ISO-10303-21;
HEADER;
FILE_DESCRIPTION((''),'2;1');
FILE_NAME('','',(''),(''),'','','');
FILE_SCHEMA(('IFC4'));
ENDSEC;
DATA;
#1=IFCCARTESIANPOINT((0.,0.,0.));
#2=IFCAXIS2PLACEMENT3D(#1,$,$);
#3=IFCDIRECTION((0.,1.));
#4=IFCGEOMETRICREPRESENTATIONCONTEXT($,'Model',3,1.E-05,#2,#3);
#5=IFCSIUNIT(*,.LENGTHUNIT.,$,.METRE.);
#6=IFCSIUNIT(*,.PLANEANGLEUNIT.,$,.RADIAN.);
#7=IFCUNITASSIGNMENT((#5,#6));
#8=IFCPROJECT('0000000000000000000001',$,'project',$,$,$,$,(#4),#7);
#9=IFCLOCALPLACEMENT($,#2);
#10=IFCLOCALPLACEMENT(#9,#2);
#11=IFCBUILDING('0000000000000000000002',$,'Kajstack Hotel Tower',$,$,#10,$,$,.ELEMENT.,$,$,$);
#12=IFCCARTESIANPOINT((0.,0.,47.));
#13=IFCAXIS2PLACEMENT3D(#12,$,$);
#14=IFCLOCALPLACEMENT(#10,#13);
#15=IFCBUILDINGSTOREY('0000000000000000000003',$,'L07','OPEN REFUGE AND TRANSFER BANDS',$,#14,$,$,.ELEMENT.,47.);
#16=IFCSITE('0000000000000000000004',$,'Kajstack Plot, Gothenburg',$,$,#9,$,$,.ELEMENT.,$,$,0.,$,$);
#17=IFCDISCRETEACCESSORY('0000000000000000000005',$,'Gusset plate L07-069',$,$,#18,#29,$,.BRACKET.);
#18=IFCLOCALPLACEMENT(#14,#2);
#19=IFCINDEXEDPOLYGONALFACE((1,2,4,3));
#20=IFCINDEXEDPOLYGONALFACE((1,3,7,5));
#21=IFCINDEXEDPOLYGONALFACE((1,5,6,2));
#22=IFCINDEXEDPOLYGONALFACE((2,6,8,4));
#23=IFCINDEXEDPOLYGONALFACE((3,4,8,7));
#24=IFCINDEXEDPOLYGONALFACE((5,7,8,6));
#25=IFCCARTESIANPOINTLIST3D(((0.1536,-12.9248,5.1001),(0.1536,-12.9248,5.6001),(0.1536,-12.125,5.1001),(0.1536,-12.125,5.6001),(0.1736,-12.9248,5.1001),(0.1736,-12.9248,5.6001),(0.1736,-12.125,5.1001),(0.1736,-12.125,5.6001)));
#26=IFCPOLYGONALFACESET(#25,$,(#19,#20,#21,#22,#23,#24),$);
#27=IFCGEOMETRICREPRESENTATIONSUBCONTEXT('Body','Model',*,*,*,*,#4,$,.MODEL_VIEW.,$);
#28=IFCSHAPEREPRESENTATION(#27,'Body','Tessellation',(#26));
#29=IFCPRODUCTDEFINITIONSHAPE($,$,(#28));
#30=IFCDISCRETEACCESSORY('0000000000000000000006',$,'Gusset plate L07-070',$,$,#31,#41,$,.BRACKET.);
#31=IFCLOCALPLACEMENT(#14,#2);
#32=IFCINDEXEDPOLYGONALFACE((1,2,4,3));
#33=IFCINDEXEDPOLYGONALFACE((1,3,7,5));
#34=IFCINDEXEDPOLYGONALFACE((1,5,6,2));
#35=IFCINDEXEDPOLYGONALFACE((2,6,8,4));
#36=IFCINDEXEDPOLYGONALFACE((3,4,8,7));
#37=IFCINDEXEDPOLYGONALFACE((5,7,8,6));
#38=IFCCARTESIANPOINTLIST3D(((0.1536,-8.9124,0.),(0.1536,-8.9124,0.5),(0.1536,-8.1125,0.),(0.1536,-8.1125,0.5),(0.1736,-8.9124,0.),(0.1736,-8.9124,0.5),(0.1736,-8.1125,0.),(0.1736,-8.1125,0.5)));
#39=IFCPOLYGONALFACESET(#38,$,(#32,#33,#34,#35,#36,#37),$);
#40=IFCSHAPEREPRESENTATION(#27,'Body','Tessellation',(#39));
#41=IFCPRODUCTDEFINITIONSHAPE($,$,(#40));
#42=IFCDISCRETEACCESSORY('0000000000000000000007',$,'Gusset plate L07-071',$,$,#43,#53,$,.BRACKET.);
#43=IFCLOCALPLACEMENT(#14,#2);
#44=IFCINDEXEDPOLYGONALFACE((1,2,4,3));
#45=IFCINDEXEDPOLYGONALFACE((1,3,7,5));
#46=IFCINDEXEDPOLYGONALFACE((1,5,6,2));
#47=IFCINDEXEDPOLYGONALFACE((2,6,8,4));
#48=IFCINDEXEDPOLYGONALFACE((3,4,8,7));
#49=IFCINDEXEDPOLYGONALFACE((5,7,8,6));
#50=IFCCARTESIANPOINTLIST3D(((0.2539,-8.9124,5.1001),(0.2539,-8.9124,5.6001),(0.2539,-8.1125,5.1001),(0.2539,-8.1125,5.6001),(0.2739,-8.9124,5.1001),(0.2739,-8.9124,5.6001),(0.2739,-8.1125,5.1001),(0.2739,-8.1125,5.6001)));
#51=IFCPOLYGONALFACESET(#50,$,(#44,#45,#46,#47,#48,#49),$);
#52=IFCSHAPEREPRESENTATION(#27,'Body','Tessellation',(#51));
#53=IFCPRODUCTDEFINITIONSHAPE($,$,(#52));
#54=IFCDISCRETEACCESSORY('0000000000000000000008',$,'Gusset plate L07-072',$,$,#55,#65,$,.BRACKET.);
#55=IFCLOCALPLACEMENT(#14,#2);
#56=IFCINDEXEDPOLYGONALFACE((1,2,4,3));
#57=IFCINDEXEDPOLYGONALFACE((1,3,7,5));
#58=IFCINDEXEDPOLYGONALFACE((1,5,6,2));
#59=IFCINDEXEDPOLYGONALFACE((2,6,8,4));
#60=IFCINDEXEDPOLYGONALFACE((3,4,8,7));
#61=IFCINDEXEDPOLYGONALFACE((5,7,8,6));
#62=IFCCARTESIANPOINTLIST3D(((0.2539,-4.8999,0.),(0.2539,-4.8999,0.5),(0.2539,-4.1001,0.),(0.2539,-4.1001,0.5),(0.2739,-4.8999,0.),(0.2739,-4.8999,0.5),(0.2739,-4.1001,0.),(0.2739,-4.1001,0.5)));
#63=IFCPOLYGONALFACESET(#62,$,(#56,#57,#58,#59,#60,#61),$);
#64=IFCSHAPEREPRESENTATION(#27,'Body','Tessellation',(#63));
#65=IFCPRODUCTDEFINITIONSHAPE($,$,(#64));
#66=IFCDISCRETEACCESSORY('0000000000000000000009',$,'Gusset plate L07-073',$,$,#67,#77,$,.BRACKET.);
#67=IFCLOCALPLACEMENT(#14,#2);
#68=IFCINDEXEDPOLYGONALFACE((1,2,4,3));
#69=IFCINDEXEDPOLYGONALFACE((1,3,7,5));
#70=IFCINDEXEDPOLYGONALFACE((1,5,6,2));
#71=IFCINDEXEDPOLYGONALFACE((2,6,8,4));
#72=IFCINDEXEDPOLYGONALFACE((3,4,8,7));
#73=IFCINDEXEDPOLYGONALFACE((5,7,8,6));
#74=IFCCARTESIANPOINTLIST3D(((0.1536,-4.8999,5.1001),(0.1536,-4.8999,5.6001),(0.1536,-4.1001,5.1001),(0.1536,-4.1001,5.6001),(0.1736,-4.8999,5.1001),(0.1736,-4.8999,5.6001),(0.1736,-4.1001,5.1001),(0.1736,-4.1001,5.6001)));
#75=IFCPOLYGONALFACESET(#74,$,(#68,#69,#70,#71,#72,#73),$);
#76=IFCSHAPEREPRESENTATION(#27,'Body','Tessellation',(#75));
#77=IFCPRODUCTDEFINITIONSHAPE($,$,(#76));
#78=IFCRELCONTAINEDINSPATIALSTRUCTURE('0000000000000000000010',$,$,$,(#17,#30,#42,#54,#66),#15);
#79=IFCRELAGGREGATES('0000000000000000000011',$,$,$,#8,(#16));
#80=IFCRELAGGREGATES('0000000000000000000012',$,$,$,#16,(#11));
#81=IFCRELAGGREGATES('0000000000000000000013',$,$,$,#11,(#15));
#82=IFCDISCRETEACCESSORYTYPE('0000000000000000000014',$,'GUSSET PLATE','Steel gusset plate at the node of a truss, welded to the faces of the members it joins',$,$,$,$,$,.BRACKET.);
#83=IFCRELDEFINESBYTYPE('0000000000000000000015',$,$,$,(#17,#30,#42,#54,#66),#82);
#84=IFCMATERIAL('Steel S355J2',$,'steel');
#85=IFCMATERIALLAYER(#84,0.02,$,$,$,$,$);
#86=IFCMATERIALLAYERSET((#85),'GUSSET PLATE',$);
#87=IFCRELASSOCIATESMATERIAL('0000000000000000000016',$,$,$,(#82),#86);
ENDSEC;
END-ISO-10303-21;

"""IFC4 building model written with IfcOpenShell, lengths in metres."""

from ifc_helpers import new_model, si_unit, direction, frame, origin, place, context, subcontext, project, spatial, polyline, outline, extrude, material, layer, layer_set, type_object, element, save


model = new_model("IFC4")

# Units and contexts
model_context = context("Model", 3, precision=1e-05, world=origin(), true_north=direction((0.0, 1.0)))
body_context = subcontext(model_context, "Body", "Model", "MODEL_VIEW")
ifc_project = project(units=[si_unit("LENGTHUNIT", "METRE"), si_unit("PLANEANGLEUNIT", "RADIAN")], contexts=[model_context])

# Site, building, storey
site_placement = place(None, origin())
site = spatial("IfcSite", under=ifc_project, at=site_placement, Name="Kajstack Plot, Gothenburg", CompositionType="ELEMENT", RefElevation=0.0)
building_placement = place(site_placement, origin())
building = spatial("IfcBuilding", under=site, at=building_placement, Name="Kajstack Hotel Tower", CompositionType="ELEMENT")
storey_placement = place(building_placement, frame((0.0, 0.0, 47.0)))
storey = spatial("IfcBuildingStorey", under=building, at=storey_placement, Name="L07", Description="OPEN REFUGE AND TRANSFER BANDS", CompositionType="ELEMENT", Elevation=47.0)

# Shared definitions
ifc_material_1 = material(Name="Steel S355J2", Category="steel")

# Discrete accessories
ifc_layer_1 = layer(ifc_material_1, 0.02)
ifc_layer_set_1 = layer_set([ifc_layer_1], Name="GUSSET PLATE")
discrete_accessory_type = type_object("IfcDiscreteAccessoryType", Name="GUSSET PLATE", Description="Steel gusset plate at the node of a truss, welded to the faces of the members it joins", PredefinedType="BRACKET", material=ifc_layer_set_1)
for number, where, z_axis, x_axis, name in (
    (1, (0.1536, -12.5249, 5.1001), (1.0, 0.0, 0.0), (0.0, 1.0, 0.0), "Gusset plate L07-069"),
    (2, (0.1536, -8.5125, 0.0), (1.0, 0.0, 0.0), (0.0, 1.0, 0.0), "Gusset plate L07-070"),
    (3, (0.2539, -8.5125, 5.1001), (1.0, 0.0, 0.0), (0.0, 1.0, 0.0), "Gusset plate L07-071"),
    (4, (0.2539, -4.5, 0.0), (1.0, 0.0, 0.0), (0.0, 1.0, 0.0), "Gusset plate L07-072"),
    (5, (0.1536, -4.5, 5.1001), (1.0, 0.0, 0.0), (0.0, 1.0, 0.0), "Gusset plate L07-073"),
):
    element("IfcDiscreteAccessory", number, at=place(storey_placement, frame(where, z_axis=z_axis, x_axis=x_axis)), inside=storey, type_object=discrete_accessory_type, Name=name, PredefinedType="BRACKET", context=body_context, shape_type="SweptSolid", body=[
        extrude(outline(polyline([(-0.3999, 0.0), (0.3999, 0.0), (0.3999, 0.5), (-0.3999, 0.5), (-0.3999, 0.0)])), origin(), (0.0, 0.0, 1.0), 0.02),
    ])

save(model, "model.ifc")
